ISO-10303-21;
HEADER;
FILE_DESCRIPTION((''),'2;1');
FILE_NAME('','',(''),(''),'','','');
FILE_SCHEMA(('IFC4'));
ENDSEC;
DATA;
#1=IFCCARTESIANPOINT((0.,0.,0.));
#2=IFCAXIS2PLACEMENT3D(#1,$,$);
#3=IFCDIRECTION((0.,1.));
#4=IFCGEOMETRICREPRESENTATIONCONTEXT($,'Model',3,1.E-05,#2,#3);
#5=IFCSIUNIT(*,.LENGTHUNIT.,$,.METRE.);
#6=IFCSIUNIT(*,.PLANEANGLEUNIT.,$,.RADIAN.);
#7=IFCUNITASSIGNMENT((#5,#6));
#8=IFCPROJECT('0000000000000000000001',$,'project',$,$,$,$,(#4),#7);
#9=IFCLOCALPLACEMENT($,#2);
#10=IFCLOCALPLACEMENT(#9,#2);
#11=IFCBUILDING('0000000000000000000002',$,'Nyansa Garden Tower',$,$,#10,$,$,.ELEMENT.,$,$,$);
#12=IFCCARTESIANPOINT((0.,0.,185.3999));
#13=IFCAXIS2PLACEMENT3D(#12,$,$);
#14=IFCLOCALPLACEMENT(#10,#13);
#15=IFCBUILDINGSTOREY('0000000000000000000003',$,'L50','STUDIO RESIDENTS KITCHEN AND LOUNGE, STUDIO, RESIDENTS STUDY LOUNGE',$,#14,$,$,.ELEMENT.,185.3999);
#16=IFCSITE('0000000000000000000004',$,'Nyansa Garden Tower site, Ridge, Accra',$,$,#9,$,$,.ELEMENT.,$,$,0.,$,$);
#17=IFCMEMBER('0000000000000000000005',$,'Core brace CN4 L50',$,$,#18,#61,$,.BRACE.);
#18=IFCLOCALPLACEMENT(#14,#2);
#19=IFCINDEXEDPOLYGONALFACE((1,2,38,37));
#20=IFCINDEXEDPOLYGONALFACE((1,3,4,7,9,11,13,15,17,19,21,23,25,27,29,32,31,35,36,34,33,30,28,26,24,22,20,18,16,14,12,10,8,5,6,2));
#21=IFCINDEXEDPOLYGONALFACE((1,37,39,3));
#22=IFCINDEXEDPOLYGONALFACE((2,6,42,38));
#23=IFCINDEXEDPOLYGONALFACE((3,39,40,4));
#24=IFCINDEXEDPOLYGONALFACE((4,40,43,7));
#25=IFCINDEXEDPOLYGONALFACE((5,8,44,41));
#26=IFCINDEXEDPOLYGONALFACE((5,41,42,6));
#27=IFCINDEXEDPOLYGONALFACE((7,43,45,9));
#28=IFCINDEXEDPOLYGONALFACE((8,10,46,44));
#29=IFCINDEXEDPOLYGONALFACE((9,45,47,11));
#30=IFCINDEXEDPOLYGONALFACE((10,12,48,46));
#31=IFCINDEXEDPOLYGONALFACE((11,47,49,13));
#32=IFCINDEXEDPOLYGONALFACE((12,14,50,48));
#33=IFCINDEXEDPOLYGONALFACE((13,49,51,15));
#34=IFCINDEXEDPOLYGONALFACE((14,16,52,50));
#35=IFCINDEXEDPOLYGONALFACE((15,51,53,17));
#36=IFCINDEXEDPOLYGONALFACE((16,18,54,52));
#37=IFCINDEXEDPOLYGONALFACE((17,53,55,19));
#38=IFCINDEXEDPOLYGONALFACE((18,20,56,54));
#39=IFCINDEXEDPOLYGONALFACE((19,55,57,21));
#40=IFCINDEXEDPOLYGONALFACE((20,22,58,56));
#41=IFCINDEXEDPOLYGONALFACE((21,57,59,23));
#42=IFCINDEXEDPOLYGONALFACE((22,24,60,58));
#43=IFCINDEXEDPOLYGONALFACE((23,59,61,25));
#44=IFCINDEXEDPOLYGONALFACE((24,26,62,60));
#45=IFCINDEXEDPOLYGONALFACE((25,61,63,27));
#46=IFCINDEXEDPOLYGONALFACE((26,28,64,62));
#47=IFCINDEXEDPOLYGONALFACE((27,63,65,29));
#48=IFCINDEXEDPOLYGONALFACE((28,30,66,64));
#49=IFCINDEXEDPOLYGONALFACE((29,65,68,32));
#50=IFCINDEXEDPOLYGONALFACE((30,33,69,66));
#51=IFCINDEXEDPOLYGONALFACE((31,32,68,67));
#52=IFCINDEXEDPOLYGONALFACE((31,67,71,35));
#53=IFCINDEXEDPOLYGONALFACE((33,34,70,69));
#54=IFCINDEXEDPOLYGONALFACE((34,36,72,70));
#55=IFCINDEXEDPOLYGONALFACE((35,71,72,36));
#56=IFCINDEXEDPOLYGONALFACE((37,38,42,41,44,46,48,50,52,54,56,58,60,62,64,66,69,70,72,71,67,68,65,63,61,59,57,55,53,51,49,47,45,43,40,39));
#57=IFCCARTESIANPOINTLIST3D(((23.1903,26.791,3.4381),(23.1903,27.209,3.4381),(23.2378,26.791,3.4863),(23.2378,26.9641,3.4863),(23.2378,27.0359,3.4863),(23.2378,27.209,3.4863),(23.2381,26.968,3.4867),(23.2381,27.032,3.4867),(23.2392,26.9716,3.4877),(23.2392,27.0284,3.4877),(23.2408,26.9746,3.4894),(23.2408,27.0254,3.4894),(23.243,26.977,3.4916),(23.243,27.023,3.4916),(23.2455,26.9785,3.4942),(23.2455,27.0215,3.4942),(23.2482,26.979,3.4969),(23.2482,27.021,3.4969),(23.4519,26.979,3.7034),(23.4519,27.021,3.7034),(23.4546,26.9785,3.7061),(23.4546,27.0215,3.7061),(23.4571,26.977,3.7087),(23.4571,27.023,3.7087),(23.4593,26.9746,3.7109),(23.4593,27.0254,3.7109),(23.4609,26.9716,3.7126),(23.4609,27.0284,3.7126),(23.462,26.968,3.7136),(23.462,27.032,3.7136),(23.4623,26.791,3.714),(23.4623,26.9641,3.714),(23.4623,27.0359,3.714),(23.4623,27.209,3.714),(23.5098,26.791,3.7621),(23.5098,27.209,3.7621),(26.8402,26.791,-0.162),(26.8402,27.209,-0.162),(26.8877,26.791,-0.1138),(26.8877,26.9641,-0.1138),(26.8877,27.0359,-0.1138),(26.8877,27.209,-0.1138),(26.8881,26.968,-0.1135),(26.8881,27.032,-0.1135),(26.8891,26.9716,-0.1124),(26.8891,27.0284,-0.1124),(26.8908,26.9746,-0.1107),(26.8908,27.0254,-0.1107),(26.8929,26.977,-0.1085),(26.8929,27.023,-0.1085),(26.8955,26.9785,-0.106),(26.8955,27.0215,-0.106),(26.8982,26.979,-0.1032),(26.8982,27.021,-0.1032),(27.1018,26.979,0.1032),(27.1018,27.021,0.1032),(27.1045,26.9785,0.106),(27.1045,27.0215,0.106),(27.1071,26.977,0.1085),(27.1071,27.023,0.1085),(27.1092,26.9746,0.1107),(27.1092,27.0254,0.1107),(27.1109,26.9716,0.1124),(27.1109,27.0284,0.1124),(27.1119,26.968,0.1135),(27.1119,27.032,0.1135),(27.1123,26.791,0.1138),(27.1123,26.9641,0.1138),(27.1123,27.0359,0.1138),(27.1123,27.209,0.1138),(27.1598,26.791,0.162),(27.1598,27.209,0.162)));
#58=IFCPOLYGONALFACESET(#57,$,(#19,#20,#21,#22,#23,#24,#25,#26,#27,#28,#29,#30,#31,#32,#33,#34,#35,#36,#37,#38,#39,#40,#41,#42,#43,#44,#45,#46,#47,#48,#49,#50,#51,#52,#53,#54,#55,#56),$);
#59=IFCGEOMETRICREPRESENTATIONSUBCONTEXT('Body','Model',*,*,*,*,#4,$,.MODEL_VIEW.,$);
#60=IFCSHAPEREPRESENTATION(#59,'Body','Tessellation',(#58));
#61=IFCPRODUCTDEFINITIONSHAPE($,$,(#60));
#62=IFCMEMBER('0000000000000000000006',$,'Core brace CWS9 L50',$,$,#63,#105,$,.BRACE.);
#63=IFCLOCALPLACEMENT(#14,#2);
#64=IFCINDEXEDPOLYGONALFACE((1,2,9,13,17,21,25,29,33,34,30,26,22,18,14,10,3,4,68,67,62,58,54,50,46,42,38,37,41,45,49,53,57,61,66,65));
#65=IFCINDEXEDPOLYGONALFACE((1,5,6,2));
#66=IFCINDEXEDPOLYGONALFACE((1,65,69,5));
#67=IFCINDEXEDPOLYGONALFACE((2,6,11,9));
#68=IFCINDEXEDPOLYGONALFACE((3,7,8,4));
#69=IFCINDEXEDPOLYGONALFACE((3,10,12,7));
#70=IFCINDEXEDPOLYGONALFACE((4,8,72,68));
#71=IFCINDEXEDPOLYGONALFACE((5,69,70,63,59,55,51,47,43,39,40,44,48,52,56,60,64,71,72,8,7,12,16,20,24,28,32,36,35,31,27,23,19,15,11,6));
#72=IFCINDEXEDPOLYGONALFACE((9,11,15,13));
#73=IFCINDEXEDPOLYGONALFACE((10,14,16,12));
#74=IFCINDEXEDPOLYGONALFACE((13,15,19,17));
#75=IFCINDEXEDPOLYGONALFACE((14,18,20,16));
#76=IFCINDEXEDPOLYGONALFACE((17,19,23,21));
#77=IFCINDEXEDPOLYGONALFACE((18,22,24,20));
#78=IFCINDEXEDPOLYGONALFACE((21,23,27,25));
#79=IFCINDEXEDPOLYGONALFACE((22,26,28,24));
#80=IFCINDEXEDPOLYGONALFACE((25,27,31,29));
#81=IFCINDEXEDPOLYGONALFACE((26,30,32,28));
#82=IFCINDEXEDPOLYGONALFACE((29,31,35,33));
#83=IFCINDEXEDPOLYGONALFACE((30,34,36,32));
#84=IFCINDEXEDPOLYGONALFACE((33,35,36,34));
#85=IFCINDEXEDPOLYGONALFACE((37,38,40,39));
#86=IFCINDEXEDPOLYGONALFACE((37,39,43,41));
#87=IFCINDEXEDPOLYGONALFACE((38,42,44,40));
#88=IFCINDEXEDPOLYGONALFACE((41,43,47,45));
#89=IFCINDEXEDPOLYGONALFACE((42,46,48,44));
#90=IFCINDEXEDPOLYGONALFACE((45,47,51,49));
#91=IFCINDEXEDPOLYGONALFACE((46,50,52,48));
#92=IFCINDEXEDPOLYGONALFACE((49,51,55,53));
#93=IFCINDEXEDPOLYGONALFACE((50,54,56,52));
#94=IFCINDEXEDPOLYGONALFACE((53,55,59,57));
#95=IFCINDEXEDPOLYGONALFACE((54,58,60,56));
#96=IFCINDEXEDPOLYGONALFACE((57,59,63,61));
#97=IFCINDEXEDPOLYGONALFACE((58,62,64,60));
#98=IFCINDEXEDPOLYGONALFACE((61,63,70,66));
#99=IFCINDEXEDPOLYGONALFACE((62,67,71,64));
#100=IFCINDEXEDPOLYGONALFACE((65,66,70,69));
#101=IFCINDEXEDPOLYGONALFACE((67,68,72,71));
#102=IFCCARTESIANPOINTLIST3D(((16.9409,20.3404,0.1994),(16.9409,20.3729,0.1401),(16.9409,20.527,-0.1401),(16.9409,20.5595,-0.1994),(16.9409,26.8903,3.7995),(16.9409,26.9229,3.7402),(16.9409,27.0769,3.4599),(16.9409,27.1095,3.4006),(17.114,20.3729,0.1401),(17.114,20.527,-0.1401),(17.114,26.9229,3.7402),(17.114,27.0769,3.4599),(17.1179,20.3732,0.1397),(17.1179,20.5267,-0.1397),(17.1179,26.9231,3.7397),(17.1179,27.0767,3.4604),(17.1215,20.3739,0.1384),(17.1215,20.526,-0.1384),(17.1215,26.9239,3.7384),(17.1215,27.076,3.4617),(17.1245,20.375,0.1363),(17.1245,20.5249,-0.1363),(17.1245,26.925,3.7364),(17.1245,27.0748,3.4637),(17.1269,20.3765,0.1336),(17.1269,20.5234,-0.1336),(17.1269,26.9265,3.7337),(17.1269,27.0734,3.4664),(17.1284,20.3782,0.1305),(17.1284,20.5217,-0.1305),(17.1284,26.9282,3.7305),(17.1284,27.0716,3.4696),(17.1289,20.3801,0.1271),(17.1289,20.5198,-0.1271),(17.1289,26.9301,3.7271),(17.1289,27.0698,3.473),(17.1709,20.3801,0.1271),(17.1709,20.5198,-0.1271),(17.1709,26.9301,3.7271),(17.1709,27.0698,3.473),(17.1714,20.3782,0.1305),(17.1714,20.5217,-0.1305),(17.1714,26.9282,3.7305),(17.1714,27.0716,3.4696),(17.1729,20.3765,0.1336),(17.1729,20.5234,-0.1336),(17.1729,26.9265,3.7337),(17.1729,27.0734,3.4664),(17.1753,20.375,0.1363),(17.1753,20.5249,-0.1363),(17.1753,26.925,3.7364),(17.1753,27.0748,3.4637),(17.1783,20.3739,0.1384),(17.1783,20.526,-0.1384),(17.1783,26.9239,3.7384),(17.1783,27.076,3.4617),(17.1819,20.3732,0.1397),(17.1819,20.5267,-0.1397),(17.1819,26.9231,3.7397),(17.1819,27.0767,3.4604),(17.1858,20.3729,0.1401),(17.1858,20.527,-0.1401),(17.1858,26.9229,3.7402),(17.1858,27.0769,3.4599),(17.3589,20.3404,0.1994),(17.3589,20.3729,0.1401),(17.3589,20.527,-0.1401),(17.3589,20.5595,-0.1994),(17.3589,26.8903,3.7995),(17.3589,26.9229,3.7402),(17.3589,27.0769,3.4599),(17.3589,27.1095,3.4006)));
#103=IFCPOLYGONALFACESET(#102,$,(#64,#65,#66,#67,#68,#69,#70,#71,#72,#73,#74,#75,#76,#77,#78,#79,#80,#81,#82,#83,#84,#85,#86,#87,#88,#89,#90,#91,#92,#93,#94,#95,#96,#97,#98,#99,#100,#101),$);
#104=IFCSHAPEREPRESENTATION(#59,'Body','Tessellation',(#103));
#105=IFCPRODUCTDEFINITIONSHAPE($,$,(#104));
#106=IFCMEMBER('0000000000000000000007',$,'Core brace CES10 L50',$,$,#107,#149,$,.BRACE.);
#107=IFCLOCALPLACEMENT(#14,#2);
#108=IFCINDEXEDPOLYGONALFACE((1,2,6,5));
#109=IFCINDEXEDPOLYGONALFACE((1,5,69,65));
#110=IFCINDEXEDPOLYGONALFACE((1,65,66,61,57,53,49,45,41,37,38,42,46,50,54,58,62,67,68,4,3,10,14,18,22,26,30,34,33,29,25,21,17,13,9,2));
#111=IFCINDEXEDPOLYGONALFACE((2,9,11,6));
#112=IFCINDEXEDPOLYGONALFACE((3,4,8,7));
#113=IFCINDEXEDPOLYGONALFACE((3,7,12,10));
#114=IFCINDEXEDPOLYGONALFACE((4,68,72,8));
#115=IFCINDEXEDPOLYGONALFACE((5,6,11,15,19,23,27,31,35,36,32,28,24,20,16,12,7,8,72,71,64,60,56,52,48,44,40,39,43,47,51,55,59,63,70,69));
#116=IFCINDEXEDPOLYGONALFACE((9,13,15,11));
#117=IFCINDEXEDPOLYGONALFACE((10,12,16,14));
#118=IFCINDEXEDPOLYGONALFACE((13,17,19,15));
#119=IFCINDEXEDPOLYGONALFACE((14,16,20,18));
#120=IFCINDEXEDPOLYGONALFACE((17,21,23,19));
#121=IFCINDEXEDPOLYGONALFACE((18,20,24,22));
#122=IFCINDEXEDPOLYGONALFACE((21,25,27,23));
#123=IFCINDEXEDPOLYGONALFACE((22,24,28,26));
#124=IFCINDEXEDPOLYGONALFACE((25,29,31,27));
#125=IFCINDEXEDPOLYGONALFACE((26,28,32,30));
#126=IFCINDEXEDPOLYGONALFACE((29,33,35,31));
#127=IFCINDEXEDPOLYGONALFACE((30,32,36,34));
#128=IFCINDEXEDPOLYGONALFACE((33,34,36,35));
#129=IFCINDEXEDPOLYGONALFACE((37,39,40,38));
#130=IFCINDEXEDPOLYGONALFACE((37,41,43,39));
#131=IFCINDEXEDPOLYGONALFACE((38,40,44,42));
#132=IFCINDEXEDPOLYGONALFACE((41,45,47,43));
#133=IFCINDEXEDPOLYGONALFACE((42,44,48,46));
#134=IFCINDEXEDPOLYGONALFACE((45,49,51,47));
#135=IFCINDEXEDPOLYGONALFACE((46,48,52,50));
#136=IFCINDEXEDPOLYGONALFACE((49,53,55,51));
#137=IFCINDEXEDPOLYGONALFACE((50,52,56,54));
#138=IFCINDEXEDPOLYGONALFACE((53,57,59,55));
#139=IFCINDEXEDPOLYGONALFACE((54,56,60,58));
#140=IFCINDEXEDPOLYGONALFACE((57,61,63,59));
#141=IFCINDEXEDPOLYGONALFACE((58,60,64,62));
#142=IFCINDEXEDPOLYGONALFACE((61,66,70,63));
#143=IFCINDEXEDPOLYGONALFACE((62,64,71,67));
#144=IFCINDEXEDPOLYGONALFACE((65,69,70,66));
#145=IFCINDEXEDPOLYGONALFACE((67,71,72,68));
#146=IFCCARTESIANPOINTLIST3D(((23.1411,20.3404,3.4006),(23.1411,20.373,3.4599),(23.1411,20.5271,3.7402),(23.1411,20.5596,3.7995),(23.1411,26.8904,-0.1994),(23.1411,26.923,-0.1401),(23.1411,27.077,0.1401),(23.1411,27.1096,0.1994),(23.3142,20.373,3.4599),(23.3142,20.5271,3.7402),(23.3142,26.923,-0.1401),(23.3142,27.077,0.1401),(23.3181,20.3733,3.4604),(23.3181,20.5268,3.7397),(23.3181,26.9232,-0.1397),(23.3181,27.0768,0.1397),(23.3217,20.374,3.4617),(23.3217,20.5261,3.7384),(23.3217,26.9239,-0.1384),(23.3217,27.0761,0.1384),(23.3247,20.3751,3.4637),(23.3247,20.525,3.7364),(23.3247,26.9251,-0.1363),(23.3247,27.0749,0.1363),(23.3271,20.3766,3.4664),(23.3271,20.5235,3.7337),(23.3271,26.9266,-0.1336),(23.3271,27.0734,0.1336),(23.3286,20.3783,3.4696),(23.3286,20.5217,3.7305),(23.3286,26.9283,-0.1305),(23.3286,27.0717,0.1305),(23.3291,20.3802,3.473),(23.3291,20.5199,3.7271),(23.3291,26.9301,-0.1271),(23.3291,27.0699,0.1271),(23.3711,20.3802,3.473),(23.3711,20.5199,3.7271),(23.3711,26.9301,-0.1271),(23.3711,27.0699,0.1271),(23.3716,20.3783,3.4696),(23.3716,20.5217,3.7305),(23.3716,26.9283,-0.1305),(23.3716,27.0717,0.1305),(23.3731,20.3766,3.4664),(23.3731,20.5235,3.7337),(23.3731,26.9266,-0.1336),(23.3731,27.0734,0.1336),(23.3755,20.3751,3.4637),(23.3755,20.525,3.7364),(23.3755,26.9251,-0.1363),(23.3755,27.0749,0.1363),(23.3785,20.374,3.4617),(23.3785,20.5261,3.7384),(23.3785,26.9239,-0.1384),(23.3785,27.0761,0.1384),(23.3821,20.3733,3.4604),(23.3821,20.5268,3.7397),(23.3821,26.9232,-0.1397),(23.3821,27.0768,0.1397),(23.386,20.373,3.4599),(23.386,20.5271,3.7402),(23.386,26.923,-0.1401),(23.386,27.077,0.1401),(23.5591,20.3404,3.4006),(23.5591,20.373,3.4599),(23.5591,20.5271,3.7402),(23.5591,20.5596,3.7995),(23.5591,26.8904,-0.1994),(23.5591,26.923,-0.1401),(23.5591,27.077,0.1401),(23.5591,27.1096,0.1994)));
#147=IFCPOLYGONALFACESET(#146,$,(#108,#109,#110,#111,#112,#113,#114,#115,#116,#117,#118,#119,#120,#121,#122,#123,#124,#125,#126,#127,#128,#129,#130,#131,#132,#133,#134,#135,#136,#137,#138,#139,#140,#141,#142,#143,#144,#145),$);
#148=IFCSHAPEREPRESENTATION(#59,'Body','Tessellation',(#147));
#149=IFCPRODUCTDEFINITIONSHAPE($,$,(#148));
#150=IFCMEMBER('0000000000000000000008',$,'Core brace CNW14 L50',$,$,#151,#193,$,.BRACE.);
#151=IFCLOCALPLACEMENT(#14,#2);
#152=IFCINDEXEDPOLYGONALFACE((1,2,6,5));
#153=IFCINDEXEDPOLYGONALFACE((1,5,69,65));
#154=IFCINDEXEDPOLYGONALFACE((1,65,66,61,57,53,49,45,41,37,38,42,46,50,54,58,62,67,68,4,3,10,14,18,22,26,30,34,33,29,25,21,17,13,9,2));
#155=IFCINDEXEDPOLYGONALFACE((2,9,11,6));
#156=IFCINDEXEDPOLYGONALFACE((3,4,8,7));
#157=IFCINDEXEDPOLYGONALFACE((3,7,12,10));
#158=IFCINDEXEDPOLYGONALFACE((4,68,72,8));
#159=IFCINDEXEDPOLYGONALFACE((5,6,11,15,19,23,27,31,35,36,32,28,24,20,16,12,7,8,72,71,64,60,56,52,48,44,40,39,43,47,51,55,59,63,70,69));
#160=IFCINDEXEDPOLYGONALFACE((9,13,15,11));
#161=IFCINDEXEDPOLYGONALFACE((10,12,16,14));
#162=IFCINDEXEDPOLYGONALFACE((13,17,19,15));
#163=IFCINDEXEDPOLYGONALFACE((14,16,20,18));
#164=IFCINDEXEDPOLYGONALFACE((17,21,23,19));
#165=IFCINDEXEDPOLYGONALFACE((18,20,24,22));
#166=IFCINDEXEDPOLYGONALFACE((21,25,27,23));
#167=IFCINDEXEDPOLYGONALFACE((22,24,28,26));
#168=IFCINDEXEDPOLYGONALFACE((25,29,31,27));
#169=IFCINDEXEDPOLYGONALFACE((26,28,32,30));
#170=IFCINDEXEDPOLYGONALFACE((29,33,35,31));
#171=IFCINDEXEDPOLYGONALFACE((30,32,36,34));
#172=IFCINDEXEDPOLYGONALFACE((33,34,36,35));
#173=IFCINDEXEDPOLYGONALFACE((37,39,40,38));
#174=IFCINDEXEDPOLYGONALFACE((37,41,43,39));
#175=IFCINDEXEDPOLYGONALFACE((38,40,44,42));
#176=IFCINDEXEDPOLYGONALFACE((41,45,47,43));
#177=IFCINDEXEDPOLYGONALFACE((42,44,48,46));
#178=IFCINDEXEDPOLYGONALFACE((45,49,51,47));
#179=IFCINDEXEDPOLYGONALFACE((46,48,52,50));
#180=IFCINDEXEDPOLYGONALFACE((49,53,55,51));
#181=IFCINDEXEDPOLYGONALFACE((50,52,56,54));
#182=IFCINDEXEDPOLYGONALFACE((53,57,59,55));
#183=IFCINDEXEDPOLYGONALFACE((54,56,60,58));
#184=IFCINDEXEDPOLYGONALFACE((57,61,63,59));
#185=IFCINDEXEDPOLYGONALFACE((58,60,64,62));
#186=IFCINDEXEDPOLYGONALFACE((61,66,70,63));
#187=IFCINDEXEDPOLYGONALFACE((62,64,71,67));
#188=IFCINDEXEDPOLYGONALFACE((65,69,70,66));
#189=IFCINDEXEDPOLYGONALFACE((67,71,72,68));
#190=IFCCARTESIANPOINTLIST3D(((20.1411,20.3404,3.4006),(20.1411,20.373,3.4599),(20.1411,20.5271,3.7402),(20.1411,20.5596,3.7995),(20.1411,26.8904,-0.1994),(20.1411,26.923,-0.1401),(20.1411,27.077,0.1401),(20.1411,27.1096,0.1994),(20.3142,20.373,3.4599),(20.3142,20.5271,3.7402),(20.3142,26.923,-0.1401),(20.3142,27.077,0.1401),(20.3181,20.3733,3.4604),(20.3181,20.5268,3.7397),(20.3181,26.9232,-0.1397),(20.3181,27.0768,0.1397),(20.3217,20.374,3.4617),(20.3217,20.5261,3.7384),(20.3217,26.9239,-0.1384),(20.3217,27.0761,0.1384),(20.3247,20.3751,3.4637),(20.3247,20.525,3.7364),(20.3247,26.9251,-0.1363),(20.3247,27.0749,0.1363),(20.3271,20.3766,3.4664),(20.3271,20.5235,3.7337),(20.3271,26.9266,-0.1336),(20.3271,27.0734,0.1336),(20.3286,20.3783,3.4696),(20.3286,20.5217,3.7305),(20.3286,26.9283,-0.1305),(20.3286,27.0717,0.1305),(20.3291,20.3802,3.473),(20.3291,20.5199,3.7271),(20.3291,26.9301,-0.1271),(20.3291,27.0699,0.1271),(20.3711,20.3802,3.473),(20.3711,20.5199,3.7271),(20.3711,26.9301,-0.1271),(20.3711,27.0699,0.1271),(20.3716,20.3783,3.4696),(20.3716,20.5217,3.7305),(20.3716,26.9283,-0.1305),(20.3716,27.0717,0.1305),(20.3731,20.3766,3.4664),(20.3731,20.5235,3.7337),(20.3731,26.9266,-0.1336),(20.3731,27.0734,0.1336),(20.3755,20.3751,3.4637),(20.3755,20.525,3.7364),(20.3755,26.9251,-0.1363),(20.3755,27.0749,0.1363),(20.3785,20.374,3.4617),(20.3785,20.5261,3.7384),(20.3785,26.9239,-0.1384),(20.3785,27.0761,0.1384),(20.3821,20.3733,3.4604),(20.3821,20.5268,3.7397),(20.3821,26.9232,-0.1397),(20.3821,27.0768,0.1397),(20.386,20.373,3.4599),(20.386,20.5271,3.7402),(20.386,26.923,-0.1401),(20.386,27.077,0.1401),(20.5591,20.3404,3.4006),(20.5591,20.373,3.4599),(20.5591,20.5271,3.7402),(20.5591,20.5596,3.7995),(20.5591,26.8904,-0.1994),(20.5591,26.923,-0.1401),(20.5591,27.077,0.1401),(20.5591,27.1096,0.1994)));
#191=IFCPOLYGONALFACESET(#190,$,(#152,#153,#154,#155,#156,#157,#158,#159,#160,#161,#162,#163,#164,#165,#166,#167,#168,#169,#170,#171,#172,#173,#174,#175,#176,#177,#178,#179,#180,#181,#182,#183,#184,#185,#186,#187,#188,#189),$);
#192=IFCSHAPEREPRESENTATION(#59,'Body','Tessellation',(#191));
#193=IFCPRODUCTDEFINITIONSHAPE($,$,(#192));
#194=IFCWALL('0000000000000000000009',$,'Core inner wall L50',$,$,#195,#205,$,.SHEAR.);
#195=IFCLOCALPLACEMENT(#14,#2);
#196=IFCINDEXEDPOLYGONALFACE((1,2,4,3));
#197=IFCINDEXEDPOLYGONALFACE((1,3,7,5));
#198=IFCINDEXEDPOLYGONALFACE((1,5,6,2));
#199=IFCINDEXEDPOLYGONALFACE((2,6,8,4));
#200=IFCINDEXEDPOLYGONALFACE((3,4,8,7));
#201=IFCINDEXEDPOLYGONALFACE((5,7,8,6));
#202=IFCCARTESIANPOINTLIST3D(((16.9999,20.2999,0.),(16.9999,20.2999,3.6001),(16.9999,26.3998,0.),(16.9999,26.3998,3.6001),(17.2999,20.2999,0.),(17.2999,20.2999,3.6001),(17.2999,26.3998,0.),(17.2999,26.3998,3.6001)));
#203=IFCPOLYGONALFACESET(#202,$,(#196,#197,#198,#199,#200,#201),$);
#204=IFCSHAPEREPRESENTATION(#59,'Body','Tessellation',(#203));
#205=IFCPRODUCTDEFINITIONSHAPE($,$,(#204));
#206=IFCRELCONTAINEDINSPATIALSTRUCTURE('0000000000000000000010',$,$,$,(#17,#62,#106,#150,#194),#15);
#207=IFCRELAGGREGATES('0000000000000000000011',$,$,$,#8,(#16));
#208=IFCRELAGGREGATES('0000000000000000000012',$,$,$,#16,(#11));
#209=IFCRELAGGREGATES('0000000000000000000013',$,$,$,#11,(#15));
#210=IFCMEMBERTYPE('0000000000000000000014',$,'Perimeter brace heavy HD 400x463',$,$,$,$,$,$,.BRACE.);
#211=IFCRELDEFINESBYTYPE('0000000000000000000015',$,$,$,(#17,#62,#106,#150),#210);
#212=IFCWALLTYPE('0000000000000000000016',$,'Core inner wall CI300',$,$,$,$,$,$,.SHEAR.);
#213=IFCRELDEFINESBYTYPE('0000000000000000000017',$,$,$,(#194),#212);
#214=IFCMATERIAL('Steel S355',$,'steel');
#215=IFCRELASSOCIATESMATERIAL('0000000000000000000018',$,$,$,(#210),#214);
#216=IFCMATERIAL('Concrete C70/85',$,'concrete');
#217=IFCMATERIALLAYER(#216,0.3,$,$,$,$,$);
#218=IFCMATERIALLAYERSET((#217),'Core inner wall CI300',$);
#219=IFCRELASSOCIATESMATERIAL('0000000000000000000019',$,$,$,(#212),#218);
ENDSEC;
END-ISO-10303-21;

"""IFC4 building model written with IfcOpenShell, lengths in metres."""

from ifc_helpers import new_model, si_unit, direction, frame, frame_2d, origin, origin_2d, place, context, subcontext, project, spatial, rectangle, i_section, extrude, material, layer, layer_set, material_profile, profile_set, type_object, element, save


model = new_model("IFC4")

# Units and contexts
model_context = context("Model", 3, precision=1e-05, world=origin(), true_north=direction((0.0, 1.0)))
body_context = subcontext(model_context, "Body", "Model", "MODEL_VIEW")
ifc_project = project(units=[si_unit("LENGTHUNIT", "METRE"), si_unit("PLANEANGLEUNIT", "RADIAN")], contexts=[model_context])

# Site, building, storey
site_placement = place(None, origin())
site = spatial("IfcSite", under=ifc_project, at=site_placement, Name="Nyansa Garden Tower site, Ridge, Accra", CompositionType="ELEMENT", RefElevation=0.0)
building_placement = place(site_placement, origin())
building = spatial("IfcBuilding", under=site, at=building_placement, Name="Nyansa Garden Tower", CompositionType="ELEMENT")
storey_placement = place(building_placement, frame((0.0, 0.0, 185.3999)))
storey = spatial("IfcBuildingStorey", under=building, at=storey_placement, Name="L50", Description="STUDIO RESIDENTS KITCHEN AND LOUNGE, STUDIO, RESIDENTS STUDY LOUNGE", CompositionType="ELEMENT", Elevation=185.3999)

# Members
ifc_material_1 = material(Name="Steel S355", Category="steel")
ifc_material_profile = material_profile(ifc_material_1, i_section(OverallWidth=0.418, OverallDepth=0.4551, WebThickness=0.042, FlangeThickness=0.0676, FilletRadius=0.0149, at=origin_2d()), Name="HD 400x463")
ifc_profile_set = profile_set([ifc_material_profile], Name="Steel S355")
member_type = type_object("IfcMemberType", Name="Perimeter brace heavy HD 400x463", PredefinedType="BRACE", material=ifc_profile_set)
member_placement = place(storey_placement, frame((27.0, 27.0, 0.0), z_axis=(-0.711948, 0.0, 0.702233), x_axis=(0.0, -1.0, 0.0)))
element("IfcMember", 1, at=member_placement, inside=storey, type_object=member_type, Name="Core brace CN4 L50", PredefinedType="BRACE", context=body_context, shape_type="SweptSolid", body=[
    extrude(i_section(OverallWidth=0.418, OverallDepth=0.4551, WebThickness=0.042, FlangeThickness=0.0676, FilletRadius=0.0149, at=origin_2d()), origin(), (0.0, 0.0, 1.0), 5.1267),
])
for number, where, z_axis, x_axis, name in (
    (2, (17.1499, 20.45, 0.0), (0.0, 0.876353, 0.481669), (-1.0, 0.0, 0.0), "Core brace CWS9 L50"),
    (3, (23.3501, 27.0, 0.0), (0.0, -0.876353, 0.481669), (1.0, 0.0, 0.0), "Core brace CES10 L50"),
    (4, (20.3501, 27.0, 0.0), (0.0, -0.876353, 0.481669), (1.0, 0.0, 0.0), "Core brace CNW14 L50"),
):
    element("IfcMember", number, at=place(storey_placement, frame(where, z_axis=z_axis, x_axis=x_axis)), inside=storey, type_object=member_type, Name=name, PredefinedType="BRACE", context=body_context, shape_type="SweptSolid", body=[
        extrude(i_section(OverallWidth=0.418, OverallDepth=0.4551, WebThickness=0.042, FlangeThickness=0.0676, FilletRadius=0.0149, at=origin_2d()), origin(), (0.0, 0.0, 1.0), 7.4741),
    ])

# Wall
ifc_material_2 = material(Name="Concrete C70/85", Category="concrete")
ifc_layer_1 = layer(ifc_material_2, 0.3)
ifc_layer_set_1 = layer_set([ifc_layer_1], Name="Core inner wall CI300")
wall_type_1 = type_object("IfcWallType", Name="Core inner wall CI300", PredefinedType="SHEAR", material=ifc_layer_set_1)
for number, where, z_axis, x_axis, name in (
    (5, (17.1499, 20.3, 0.0), (0.0, 0.0, 1.0), (0.0, 1.0, 0.0), "Core inner wall L50"),
):
    element("IfcWall", number, at=place(storey_placement, frame(where, z_axis=z_axis, x_axis=x_axis)), inside=storey, type_object=wall_type_1, Name=name, PredefinedType="SHEAR", context=body_context, shape_type="SweptSolid", body=[
        extrude(rectangle(XDim=6.0999, YDim=0.3, at=frame_2d((3.0498, 0.0))), origin(), (0.0, 0.0, 1.0), 3.6001),
    ])

save(model, "model.ifc")
